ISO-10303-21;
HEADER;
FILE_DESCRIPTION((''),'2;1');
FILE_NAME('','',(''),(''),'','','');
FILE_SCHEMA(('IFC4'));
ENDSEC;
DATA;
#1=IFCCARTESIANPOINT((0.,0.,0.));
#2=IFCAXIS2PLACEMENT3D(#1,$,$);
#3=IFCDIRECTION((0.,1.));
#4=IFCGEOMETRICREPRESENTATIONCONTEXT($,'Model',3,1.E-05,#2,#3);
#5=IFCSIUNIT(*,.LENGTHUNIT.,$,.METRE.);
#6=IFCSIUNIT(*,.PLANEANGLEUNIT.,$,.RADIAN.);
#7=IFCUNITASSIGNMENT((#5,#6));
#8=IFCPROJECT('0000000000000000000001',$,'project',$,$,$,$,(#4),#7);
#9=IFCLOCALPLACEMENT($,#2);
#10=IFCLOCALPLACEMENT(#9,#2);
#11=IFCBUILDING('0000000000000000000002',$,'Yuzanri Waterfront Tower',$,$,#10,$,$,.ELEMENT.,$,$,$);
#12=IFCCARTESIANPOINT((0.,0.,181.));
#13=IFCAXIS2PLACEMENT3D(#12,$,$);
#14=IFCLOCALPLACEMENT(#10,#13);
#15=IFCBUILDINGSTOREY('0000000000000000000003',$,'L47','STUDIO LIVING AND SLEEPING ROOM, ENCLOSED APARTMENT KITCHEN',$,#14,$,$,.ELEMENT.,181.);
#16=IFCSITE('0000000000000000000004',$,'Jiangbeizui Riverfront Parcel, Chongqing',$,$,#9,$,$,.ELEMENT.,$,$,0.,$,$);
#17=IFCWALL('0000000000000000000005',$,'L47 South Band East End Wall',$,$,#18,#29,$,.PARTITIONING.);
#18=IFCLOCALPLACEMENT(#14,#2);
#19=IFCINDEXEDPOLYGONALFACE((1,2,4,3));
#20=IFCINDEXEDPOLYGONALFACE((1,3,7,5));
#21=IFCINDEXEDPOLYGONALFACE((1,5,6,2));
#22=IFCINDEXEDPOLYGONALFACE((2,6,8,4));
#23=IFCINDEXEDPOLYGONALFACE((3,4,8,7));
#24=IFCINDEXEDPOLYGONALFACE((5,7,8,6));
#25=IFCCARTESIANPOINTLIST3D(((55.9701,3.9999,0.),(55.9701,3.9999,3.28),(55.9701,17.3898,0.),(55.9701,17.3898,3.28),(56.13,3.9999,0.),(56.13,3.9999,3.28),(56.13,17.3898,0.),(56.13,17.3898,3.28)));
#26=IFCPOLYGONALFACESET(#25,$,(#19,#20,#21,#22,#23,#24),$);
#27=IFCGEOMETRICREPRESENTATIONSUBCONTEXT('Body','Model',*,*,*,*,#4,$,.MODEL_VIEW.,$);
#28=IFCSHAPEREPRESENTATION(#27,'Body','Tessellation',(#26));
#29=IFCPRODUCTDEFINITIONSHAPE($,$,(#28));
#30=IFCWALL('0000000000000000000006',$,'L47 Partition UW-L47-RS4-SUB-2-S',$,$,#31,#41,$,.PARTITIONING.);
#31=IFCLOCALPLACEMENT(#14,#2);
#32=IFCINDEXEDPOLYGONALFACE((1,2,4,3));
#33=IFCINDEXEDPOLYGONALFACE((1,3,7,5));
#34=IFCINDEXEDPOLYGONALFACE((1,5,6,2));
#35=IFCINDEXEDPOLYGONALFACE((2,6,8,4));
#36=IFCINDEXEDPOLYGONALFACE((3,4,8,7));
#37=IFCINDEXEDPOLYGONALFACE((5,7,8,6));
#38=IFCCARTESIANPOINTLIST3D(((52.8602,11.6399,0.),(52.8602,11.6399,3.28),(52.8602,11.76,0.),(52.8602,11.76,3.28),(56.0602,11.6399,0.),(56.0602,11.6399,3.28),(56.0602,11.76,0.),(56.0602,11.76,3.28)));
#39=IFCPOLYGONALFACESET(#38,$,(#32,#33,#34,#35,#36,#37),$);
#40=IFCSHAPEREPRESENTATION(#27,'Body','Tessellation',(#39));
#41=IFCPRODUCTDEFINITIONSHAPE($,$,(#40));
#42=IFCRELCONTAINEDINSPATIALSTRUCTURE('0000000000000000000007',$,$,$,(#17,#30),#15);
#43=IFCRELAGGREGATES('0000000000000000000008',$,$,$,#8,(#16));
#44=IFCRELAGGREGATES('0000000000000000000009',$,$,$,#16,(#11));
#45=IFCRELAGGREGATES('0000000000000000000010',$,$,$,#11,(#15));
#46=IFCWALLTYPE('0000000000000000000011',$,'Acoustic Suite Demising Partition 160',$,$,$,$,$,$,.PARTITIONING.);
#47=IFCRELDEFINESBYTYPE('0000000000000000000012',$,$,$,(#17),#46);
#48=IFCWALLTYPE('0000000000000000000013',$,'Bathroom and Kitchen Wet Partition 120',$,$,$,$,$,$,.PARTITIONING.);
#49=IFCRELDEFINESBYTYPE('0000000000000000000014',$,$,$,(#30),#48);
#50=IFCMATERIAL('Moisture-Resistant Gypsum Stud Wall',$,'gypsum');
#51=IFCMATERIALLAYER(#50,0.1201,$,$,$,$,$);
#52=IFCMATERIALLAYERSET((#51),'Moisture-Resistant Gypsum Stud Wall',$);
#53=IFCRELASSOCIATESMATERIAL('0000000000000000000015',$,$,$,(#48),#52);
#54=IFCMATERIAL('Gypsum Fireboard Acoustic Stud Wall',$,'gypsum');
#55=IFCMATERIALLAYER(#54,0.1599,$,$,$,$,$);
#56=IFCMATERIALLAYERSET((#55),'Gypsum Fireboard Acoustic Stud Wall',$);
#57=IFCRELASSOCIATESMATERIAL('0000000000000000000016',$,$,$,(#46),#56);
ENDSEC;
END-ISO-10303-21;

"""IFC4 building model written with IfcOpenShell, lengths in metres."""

from ifc_helpers import new_model, si_unit, direction, frame, frame_2d, origin, place, context, subcontext, project, spatial, rectangle, extrude, source, transform, mapped, material, layer, layer_set, type_object, element, save


model = new_model("IFC4")

# Units and contexts
model_context = context("Model", 3, precision=1e-05, world=origin(), true_north=direction((0.0, 1.0)))
body_context = subcontext(model_context, "Body", "Model", "MODEL_VIEW")
ifc_project = project(units=[si_unit("LENGTHUNIT", "METRE"), si_unit("PLANEANGLEUNIT", "RADIAN")], contexts=[model_context])

# Site, building, storey
site_placement = place(None, origin())
site = spatial("IfcSite", under=ifc_project, at=site_placement, Name="Jiangbeizui Riverfront Parcel, Chongqing", CompositionType="ELEMENT", RefElevation=0.0)
building_placement = place(site_placement, origin())
building = spatial("IfcBuilding", under=site, at=building_placement, Name="Yuzanri Waterfront Tower", CompositionType="ELEMENT")
storey_placement = place(building_placement, frame((0.0, 0.0, 181.0)))
storey = spatial("IfcBuildingStorey", under=building, at=storey_placement, Name="L47", Description="STUDIO LIVING AND SLEEPING ROOM, ENCLOSED APARTMENT KITCHEN", CompositionType="ELEMENT", Elevation=181.0)

# Shared definitions
ifc_material_1 = material(Name="Moisture-Resistant Gypsum Stud Wall", Category="gypsum")
ifc_layer_1 = layer(ifc_material_1, 0.1201)
ifc_layer_set_1 = layer_set([ifc_layer_1], Name="Moisture-Resistant Gypsum Stud Wall")
wall_type_1 = type_object("IfcWallType", Name="Bathroom and Kitchen Wet Partition 120", PredefinedType="PARTITIONING", material=ifc_layer_set_1)

# Walls
ifc_material_2 = material(Name="Gypsum Fireboard Acoustic Stud Wall", Category="gypsum")
ifc_layer_2 = layer(ifc_material_2, 0.1599)
ifc_layer_set_2 = layer_set([ifc_layer_2], Name="Gypsum Fireboard Acoustic Stud Wall")
wall_type_2 = type_object("IfcWallType", Name="Acoustic Suite Demising Partition 160", PredefinedType="PARTITIONING", material=ifc_layer_set_2)
shared_shape_1 = source(origin(), body_context, "Body", "SweptSolid", [
    extrude(rectangle(XDim=13.3899, YDim=0.1599, at=frame_2d((6.6948, 0.0))), origin(), (0.0, 0.0, 1.0), 3.28),
])
wall_1_placement = place(storey_placement, frame((56.05, 4.0, 0.0), z_axis=(0.0, 0.0, 1.0), x_axis=(0.0, 1.0, 0.0)))
element("IfcWall", 1, at=wall_1_placement, inside=storey, type_object=wall_type_2, Name="L47 South Band East End Wall", PredefinedType="PARTITIONING", context=body_context, shape_type="MappedRepresentation", body=[
    mapped(shared_shape_1, transform((0.0, 0.0, 0.0), scale=1.0)),
])
shared_shape_2 = source(origin(), body_context, "Body", "SweptSolid", [
    extrude(rectangle(XDim=3.2, YDim=0.1201, at=frame_2d((1.6001, 0.0))), origin(), (0.0, 0.0, 1.0), 3.28),
])
wall_2_placement = place(storey_placement, frame((52.8601, 11.7, 0.0), z_axis=(0.0, 0.0, 1.0), x_axis=(1.0, 0.0, 0.0)))
element("IfcWall", 2, at=wall_2_placement, inside=storey, type_object=wall_type_1, Name="L47 Partition UW-L47-RS4-SUB-2-S", PredefinedType="PARTITIONING", context=body_context, shape_type="MappedRepresentation", body=[
    mapped(shared_shape_2, transform((0.0, 0.0, 0.0), scale=1.0)),
])

save(model, "model.ifc")
